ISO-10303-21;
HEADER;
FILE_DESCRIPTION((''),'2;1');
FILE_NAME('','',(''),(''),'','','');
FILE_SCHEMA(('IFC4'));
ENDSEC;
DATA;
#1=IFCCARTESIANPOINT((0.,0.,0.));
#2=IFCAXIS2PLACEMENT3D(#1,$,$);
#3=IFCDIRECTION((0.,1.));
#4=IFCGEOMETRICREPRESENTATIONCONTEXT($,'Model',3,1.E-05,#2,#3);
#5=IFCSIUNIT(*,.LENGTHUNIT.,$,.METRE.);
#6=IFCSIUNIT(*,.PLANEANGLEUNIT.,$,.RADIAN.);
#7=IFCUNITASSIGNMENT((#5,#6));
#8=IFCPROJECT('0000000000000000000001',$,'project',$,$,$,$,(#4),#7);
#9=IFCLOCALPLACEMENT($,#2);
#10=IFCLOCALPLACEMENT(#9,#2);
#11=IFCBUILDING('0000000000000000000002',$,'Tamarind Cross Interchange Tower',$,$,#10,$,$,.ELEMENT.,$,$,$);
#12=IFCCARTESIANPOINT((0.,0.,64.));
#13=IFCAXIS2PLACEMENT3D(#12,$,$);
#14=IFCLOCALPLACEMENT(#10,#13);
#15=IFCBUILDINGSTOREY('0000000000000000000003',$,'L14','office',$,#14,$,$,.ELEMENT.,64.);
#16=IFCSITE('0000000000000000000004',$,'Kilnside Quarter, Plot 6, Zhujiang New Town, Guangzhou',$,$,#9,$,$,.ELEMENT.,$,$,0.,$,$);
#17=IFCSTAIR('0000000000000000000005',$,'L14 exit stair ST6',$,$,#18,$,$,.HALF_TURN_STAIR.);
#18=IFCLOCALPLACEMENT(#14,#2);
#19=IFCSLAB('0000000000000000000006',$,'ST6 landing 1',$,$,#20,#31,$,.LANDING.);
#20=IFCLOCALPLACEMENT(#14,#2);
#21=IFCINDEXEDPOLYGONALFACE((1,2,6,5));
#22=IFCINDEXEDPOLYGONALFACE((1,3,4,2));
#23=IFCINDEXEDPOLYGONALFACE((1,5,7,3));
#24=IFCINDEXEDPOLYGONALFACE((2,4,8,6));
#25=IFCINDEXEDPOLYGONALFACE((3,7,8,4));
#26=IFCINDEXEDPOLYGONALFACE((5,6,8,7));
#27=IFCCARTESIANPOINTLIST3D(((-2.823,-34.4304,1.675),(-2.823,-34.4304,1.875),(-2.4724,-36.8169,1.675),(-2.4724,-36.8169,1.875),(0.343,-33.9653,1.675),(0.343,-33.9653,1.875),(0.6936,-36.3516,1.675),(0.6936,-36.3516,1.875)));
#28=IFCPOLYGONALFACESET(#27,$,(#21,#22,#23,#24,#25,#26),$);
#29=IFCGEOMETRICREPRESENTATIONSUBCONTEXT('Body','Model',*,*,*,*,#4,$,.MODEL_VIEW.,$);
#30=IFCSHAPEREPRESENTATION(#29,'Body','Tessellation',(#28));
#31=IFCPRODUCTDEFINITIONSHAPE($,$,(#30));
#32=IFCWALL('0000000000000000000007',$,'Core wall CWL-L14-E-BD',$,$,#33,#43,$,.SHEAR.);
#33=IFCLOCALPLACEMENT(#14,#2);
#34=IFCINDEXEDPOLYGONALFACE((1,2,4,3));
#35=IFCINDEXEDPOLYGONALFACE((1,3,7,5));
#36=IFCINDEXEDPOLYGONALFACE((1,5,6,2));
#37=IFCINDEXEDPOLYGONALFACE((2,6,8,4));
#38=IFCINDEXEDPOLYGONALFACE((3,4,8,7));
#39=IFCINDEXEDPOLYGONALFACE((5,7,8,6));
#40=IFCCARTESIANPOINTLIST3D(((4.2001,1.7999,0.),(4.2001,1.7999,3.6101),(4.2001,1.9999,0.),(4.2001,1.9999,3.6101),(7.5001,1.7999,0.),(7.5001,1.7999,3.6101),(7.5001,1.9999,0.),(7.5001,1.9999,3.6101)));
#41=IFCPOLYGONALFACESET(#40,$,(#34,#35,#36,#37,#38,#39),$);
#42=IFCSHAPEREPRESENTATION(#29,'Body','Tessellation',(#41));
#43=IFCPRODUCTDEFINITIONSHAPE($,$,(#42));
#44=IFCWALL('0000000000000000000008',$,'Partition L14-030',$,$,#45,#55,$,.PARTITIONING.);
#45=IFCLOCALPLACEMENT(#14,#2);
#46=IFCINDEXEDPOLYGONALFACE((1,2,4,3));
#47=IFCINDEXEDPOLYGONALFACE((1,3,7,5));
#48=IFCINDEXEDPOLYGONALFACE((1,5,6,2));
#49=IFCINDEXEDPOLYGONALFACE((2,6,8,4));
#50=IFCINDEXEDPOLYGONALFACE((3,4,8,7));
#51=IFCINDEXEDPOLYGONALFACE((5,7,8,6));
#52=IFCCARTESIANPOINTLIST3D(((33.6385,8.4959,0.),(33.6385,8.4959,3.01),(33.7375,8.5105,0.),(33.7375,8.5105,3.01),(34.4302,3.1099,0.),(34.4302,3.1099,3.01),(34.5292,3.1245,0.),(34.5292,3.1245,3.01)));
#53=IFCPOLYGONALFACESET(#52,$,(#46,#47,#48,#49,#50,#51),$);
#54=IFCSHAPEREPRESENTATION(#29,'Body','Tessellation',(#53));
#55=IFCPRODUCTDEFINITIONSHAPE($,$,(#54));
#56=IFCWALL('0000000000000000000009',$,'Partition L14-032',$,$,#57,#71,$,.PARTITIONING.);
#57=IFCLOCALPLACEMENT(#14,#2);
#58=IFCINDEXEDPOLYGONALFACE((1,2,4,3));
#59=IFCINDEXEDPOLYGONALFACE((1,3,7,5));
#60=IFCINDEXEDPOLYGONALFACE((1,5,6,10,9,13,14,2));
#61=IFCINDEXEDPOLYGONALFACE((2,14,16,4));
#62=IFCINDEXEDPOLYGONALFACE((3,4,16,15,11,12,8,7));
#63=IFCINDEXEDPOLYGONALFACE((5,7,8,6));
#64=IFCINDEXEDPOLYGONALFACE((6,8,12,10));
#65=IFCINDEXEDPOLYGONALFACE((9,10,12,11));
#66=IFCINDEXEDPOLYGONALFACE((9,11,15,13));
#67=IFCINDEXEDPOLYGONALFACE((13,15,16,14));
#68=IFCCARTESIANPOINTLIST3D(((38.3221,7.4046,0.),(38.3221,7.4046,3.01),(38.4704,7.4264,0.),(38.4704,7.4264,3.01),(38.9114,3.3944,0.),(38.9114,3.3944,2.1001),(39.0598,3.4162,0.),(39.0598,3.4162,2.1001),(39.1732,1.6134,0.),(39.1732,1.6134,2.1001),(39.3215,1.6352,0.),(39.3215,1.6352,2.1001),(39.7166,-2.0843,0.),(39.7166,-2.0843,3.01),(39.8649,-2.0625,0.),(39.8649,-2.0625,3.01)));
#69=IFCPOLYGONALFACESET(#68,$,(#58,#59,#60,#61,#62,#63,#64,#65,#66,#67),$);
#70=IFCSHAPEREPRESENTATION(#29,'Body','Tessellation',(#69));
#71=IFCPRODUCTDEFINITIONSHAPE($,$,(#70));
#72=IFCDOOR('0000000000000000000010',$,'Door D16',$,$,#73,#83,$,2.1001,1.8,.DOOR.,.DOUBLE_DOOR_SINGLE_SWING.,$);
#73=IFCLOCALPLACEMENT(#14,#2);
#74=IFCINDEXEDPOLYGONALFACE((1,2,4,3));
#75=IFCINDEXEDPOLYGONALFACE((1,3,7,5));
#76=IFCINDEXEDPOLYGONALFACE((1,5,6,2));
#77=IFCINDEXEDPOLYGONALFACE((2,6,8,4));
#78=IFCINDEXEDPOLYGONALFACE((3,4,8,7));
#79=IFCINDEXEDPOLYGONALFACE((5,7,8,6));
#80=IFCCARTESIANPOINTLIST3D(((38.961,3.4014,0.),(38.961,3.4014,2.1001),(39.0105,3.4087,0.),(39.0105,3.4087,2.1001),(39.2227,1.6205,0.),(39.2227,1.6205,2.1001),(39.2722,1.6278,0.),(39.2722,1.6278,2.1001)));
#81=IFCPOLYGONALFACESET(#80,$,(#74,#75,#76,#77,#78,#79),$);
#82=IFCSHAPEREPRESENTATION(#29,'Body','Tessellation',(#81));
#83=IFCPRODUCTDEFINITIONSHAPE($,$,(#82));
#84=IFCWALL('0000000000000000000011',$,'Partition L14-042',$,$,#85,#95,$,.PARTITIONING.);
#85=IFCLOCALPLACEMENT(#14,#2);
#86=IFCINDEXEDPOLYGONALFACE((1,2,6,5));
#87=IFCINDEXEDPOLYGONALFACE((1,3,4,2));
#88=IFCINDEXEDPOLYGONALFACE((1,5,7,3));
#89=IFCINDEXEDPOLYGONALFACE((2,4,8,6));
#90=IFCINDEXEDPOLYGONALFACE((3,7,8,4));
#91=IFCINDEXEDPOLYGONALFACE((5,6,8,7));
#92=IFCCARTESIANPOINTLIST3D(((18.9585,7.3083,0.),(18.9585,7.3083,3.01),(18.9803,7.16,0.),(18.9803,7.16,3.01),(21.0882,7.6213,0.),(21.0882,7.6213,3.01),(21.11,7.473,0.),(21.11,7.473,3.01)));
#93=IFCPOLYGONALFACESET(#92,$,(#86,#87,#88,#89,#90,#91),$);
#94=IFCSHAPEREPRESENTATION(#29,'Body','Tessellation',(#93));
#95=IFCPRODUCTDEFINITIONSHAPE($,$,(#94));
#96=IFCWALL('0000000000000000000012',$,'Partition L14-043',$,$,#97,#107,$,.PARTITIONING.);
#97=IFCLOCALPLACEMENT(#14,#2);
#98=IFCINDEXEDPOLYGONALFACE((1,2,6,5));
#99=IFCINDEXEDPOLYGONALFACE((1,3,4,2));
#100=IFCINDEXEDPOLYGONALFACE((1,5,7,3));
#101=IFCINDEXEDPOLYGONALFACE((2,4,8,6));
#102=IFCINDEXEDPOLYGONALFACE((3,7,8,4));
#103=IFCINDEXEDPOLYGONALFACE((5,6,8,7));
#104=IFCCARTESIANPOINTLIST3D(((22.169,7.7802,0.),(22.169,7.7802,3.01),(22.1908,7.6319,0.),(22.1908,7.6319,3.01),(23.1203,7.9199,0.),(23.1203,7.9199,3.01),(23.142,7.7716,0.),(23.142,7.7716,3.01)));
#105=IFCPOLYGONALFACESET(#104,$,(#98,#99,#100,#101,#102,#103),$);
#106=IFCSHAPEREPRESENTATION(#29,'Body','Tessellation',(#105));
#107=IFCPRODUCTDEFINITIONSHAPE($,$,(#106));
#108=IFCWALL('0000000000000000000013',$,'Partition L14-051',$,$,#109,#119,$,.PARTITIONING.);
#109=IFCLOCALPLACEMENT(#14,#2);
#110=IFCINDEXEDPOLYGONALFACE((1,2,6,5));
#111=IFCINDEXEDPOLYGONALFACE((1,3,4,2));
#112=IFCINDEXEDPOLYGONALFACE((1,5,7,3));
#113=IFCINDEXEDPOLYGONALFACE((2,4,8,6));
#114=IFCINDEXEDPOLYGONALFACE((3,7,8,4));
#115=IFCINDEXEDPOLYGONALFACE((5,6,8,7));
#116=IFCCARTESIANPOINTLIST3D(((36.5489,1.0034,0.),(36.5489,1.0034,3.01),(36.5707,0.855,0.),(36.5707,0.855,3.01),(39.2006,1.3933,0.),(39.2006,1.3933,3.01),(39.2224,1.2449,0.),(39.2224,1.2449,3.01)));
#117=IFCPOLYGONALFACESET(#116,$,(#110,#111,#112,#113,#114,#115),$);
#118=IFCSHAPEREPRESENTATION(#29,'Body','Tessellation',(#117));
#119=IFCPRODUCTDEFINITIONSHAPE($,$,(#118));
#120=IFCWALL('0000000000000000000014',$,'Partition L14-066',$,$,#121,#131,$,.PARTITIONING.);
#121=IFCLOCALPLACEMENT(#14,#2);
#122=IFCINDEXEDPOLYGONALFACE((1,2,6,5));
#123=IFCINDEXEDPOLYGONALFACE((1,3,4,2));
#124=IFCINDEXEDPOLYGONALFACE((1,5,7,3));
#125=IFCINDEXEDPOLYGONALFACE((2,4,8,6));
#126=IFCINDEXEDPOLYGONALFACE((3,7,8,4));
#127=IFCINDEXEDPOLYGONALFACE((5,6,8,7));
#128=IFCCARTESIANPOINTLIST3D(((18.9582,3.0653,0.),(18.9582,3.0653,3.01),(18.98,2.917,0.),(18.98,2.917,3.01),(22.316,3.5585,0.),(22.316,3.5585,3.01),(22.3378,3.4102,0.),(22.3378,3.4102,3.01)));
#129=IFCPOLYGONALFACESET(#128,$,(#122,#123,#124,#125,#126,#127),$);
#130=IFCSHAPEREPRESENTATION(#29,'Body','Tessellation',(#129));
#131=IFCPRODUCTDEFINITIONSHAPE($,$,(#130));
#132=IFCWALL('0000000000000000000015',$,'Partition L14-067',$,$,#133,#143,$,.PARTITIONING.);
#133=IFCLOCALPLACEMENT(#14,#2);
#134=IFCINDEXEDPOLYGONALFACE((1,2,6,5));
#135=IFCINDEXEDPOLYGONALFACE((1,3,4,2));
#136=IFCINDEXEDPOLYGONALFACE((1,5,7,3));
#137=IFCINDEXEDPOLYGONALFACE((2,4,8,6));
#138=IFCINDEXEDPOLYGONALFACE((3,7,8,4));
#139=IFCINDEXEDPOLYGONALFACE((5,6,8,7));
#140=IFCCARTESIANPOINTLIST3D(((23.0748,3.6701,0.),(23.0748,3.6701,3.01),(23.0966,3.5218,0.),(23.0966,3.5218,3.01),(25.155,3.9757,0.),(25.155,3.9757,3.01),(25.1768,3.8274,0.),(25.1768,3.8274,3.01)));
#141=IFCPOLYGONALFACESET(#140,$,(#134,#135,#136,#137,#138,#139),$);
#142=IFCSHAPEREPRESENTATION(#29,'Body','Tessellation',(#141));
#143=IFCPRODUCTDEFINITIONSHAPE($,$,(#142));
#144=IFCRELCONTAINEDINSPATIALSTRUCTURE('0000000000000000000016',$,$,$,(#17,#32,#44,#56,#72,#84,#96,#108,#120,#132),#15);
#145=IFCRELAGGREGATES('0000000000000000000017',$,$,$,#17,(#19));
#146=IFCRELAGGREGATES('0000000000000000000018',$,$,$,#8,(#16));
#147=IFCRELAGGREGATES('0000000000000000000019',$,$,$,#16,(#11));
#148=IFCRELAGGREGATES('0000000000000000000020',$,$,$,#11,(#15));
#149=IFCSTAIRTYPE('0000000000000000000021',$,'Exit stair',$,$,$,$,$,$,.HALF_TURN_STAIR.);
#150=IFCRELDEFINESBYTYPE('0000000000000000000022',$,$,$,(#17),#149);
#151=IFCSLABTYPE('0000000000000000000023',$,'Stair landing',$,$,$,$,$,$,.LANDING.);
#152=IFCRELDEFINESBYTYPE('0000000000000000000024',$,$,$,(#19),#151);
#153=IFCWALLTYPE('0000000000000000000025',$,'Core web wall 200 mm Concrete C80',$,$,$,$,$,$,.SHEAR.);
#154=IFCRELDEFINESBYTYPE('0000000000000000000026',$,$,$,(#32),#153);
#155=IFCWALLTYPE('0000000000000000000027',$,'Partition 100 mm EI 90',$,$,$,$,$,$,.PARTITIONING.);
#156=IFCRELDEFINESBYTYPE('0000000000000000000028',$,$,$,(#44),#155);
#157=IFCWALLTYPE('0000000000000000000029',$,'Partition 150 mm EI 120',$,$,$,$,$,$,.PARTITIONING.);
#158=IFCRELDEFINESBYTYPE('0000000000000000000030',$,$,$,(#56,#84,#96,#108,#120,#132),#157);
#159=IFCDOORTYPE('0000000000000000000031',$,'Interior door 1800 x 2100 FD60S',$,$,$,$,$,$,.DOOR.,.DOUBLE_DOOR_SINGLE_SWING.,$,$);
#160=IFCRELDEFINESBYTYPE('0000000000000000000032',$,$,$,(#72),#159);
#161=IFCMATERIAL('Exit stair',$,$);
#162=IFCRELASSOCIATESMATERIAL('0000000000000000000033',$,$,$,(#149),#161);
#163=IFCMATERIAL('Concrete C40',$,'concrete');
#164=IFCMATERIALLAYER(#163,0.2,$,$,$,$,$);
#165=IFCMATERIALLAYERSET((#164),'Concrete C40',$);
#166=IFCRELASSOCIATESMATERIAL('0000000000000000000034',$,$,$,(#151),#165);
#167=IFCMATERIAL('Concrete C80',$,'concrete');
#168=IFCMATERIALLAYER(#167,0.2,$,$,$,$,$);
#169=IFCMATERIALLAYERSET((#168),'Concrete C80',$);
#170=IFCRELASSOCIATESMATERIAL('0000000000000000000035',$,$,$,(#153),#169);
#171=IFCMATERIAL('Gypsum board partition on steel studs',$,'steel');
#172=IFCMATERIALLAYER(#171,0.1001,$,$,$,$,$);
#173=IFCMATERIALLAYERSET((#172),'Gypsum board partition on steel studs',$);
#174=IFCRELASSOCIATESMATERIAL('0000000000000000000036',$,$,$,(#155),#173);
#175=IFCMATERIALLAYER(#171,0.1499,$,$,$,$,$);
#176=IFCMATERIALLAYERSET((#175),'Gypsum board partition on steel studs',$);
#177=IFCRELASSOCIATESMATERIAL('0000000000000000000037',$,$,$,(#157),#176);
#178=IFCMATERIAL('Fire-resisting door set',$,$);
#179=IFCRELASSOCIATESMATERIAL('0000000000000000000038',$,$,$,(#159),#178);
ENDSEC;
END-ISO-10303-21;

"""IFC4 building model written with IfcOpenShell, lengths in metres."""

from ifc_helpers import new_model, si_unit, direction, frame, frame_2d, origin, place, context, subcontext, project, spatial, polyline, rectangle, outline, extrude, material, layer, layer_set, type_object, element, fill, aggregate, save


model = new_model("IFC4")

# Units and contexts
model_context = context("Model", 3, precision=1e-05, world=origin(), true_north=direction((0.0, 1.0)))
body_context = subcontext(model_context, "Body", "Model", "MODEL_VIEW")
ifc_project = project(units=[si_unit("LENGTHUNIT", "METRE"), si_unit("PLANEANGLEUNIT", "RADIAN")], contexts=[model_context])

# Site, building, storey
site_placement = place(None, origin())
site = spatial("IfcSite", under=ifc_project, at=site_placement, Name="Kilnside Quarter, Plot 6, Zhujiang New Town, Guangzhou", CompositionType="ELEMENT", RefElevation=0.0)
building_placement = place(site_placement, origin())
building = spatial("IfcBuilding", under=site, at=building_placement, Name="Tamarind Cross Interchange Tower", CompositionType="ELEMENT")
storey_placement = place(building_placement, frame((0.0, 0.0, 64.0)))
storey = spatial("IfcBuildingStorey", under=building, at=storey_placement, Name="L14", Description="office", CompositionType="ELEMENT", Elevation=64.0)

# Stair, slab
ifc_material_1 = material(Name="Exit stair")
stair_type = type_object("IfcStairType", Name="Exit stair", PredefinedType="HALF_TURN_STAIR", material=ifc_material_1)
ifc_material_2 = material(Name="Concrete C40", Category="concrete")
ifc_layer_1 = layer(ifc_material_2, 0.2)
ifc_layer_set_1 = layer_set([ifc_layer_1], Name="Concrete C40")
slab_type = type_object("IfcSlabType", Name="Stair landing", PredefinedType="LANDING", material=ifc_layer_set_1)
stair_1_placement = place(storey_placement, origin())
stair_1 = element("IfcStair", 1, at=stair_1_placement, inside=storey, type_object=stair_type, Name="L14 exit stair ST6", PredefinedType="HALF_TURN_STAIR")
slab_1_placement = place(storey_placement, frame((0.0, 0.0, 1.675)))
slab_1 = element("IfcSlab", 2, at=slab_1_placement, type_object=slab_type, Name="ST6 landing 1", PredefinedType="LANDING", context=body_context, shape_type="SweptSolid", body=[
    extrude(outline(polyline([(-2.823, -34.4304), (-2.4724, -36.8169), (0.6936, -36.3516), (0.343, -33.9653), (-2.823, -34.4304)])), origin(), (0.0, 0.0, 1.0), 0.2),
])
aggregate(stair_1, [slab_1])

# Walls
ifc_material_3 = material(Name="Concrete C80", Category="concrete")
ifc_layer_2 = layer(ifc_material_3, 0.2)
ifc_layer_set_2 = layer_set([ifc_layer_2], Name="Concrete C80")
wall_type_1 = type_object("IfcWallType", Name="Core web wall 200 mm Concrete C80", PredefinedType="SHEAR", material=ifc_layer_set_2)
wall_1_placement = place(storey_placement, frame((7.5, 1.8999, 0.0), z_axis=(0.0, 0.0, 1.0), x_axis=(-1.0, 0.0, 0.0)))
element("IfcWall", 3, at=wall_1_placement, inside=storey, type_object=wall_type_1, Name="Core wall CWL-L14-E-BD", PredefinedType="SHEAR", context=body_context, shape_type="SweptSolid", body=[
    extrude(rectangle(XDim=3.3, YDim=0.2, at=frame_2d((1.6499, 0.0))), origin(), (0.0, 0.0, 1.0), 3.6101),
])
ifc_material_4 = material(Name="Gypsum board partition on steel studs", Category="steel")
ifc_layer_3 = layer(ifc_material_4, 0.1001)
ifc_layer_set_3 = layer_set([ifc_layer_3], Name="Gypsum board partition on steel studs")
wall_type_2 = type_object("IfcWallType", Name="Partition 100 mm EI 90", PredefinedType="PARTITIONING", material=ifc_layer_set_3)
wall_2_placement = place(storey_placement, frame((33.688, 8.5032, 0.0), z_axis=(0.0, 0.0, 1.0), x_axis=(0.145438, -0.989367, 0.0)))
element("IfcWall", 4, at=wall_2_placement, inside=storey, type_object=wall_type_2, Name="Partition L14-030", PredefinedType="PARTITIONING", context=body_context, shape_type="SweptSolid", body=[
    extrude(rectangle(XDim=5.4438, YDim=0.1001, at=frame_2d((2.7219, 0.0))), origin(), (0.0, 0.0, 1.0), 3.01),
])

# Wall, opening, door
ifc_layer_4 = layer(ifc_material_4, 0.1499)
ifc_layer_set_4 = layer_set([ifc_layer_4], Name="Gypsum board partition on steel studs")
wall_type_3 = type_object("IfcWallType", Name="Partition 150 mm EI 120", PredefinedType="PARTITIONING", material=ifc_layer_set_4)
wall_3_placement = place(storey_placement, frame((38.3962, 7.4155, 0.0), z_axis=(0.0, 0.0, 1.0), x_axis=(0.145401, -0.989373, 0.0)))
wall_3 = element("IfcWall", 5, at=wall_3_placement, inside=storey, type_object=wall_type_3, Name="Partition L14-032", PredefinedType="PARTITIONING", context=body_context, shape_type="SweptSolid", body=[
    extrude(rectangle(XDim=9.5908, YDim=0.1499, at=frame_2d((4.7954, 0.0))), origin(), (0.0, 0.0, 1.0), 3.01),
])
opening_1_placement = place(wall_3_placement, frame((4.0535, 0.0, 0.0)))
opening_1 = element("IfcOpeningElement", 6, at=opening_1_placement, cuts=wall_3, PredefinedType="OPENING", context=body_context, shape_type="SweptSolid", body=[
    extrude(rectangle(XDim=1.8, YDim=2.1001, at=frame_2d((0.8999, 1.05))), frame((0.0, 0.085, 0.0), z_axis=(0.0, -1.0, 0.0), x_axis=(1.0, 0.0, 0.0)), (0.0, 0.0, 1.0), 0.1699),
])
ifc_material_5 = material(Name="Fire-resisting door set")
door_type_1 = type_object("IfcDoorType", Name="Interior door 1800 x 2100 FD60S", OperationType="DOUBLE_DOOR_SINGLE_SWING", PredefinedType="DOOR", material=ifc_material_5)
door_1_placement = place(opening_1_placement, frame((1.8, 0.0, 0.0), z_axis=(0.0, 0.0, 1.0), x_axis=(-1.0, 0.0, 0.0)))
door_1 = element("IfcDoor", 7, at=door_1_placement, inside=storey, type_object=door_type_1, Name="Door D16", OperationType="DOUBLE_DOOR_SINGLE_SWING", OverallHeight=2.1001, OverallWidth=1.8, PredefinedType="DOOR", context=body_context, shape_type="SweptSolid", body=[
    extrude(rectangle(XDim=1.8, YDim=2.1001, at=frame_2d((0.8999, 1.05))), frame((0.0, 0.0249, 0.0), z_axis=(0.0, -1.0, 0.0), x_axis=(1.0, 0.0, 0.0)), (0.0, 0.0, 1.0), 0.05),
])
fill(opening_1, door_1)

# Walls
wall_4_placement = place(storey_placement, frame((18.9695, 7.2341, 0.0), z_axis=(0.0, 0.0, 1.0), x_axis=(0.989372, 0.145406, 0.0)))
element("IfcWall", 8, at=wall_4_placement, inside=storey, type_object=wall_type_3, Name="Partition L14-042", PredefinedType="PARTITIONING", context=body_context, shape_type="SweptSolid", body=[
    extrude(rectangle(XDim=2.1526, YDim=0.1499, at=frame_2d((1.0762, 0.0))), origin(), (0.0, 0.0, 1.0), 3.01),
])
wall_5_placement = place(storey_placement, frame((22.1799, 7.7061, 0.0), z_axis=(0.0, 0.0, 1.0), x_axis=(0.989394, 0.14526, 0.0)))
element("IfcWall", 9, at=wall_5_placement, inside=storey, type_object=wall_type_3, Name="Partition L14-043", PredefinedType="PARTITIONING", context=body_context, shape_type="SweptSolid", body=[
    extrude(rectangle(XDim=0.9614, YDim=0.1499, at=frame_2d((0.4807, 0.0))), origin(), (0.0, 0.0, 1.0), 3.01),
])
wall_6_placement = place(storey_placement, frame((36.5598, 0.9292, 0.0), z_axis=(0.0, 0.0, 1.0), x_axis=(0.989362, 0.145476, 0.0)))
element("IfcWall", 10, at=wall_6_placement, inside=storey, type_object=wall_type_3, Name="Partition L14-051", PredefinedType="PARTITIONING", context=body_context, shape_type="SweptSolid", body=[
    extrude(rectangle(XDim=2.6802, YDim=0.1499, at=frame_2d((1.3401, 0.0))), origin(), (0.0, 0.0, 1.0), 3.01),
])
wall_7_placement = place(storey_placement, frame((18.9692, 2.9912, 0.0), z_axis=(0.0, 0.0, 1.0), x_axis=(0.989385, 0.145318, 0.0)))
element("IfcWall", 11, at=wall_7_placement, inside=storey, type_object=wall_type_3, Name="Partition L14-066", PredefinedType="PARTITIONING", context=body_context, shape_type="SweptSolid", body=[
    extrude(rectangle(XDim=3.3938, YDim=0.1499, at=frame_2d((1.6968, 0.0))), origin(), (0.0, 0.0, 1.0), 3.01),
])
wall_8_placement = place(storey_placement, frame((23.0857, 3.5959, 0.0), z_axis=(0.0, 0.0, 1.0), x_axis=(0.989377, 0.14537, 0.0)))
element("IfcWall", 12, at=wall_8_placement, inside=storey, type_object=wall_type_3, Name="Partition L14-067", PredefinedType="PARTITIONING", context=body_context, shape_type="SweptSolid", body=[
    extrude(rectangle(XDim=2.1025, YDim=0.1499, at=frame_2d((1.0513, 0.0))), origin(), (0.0, 0.0, 1.0), 3.01),
])

save(model, "model.ifc")
